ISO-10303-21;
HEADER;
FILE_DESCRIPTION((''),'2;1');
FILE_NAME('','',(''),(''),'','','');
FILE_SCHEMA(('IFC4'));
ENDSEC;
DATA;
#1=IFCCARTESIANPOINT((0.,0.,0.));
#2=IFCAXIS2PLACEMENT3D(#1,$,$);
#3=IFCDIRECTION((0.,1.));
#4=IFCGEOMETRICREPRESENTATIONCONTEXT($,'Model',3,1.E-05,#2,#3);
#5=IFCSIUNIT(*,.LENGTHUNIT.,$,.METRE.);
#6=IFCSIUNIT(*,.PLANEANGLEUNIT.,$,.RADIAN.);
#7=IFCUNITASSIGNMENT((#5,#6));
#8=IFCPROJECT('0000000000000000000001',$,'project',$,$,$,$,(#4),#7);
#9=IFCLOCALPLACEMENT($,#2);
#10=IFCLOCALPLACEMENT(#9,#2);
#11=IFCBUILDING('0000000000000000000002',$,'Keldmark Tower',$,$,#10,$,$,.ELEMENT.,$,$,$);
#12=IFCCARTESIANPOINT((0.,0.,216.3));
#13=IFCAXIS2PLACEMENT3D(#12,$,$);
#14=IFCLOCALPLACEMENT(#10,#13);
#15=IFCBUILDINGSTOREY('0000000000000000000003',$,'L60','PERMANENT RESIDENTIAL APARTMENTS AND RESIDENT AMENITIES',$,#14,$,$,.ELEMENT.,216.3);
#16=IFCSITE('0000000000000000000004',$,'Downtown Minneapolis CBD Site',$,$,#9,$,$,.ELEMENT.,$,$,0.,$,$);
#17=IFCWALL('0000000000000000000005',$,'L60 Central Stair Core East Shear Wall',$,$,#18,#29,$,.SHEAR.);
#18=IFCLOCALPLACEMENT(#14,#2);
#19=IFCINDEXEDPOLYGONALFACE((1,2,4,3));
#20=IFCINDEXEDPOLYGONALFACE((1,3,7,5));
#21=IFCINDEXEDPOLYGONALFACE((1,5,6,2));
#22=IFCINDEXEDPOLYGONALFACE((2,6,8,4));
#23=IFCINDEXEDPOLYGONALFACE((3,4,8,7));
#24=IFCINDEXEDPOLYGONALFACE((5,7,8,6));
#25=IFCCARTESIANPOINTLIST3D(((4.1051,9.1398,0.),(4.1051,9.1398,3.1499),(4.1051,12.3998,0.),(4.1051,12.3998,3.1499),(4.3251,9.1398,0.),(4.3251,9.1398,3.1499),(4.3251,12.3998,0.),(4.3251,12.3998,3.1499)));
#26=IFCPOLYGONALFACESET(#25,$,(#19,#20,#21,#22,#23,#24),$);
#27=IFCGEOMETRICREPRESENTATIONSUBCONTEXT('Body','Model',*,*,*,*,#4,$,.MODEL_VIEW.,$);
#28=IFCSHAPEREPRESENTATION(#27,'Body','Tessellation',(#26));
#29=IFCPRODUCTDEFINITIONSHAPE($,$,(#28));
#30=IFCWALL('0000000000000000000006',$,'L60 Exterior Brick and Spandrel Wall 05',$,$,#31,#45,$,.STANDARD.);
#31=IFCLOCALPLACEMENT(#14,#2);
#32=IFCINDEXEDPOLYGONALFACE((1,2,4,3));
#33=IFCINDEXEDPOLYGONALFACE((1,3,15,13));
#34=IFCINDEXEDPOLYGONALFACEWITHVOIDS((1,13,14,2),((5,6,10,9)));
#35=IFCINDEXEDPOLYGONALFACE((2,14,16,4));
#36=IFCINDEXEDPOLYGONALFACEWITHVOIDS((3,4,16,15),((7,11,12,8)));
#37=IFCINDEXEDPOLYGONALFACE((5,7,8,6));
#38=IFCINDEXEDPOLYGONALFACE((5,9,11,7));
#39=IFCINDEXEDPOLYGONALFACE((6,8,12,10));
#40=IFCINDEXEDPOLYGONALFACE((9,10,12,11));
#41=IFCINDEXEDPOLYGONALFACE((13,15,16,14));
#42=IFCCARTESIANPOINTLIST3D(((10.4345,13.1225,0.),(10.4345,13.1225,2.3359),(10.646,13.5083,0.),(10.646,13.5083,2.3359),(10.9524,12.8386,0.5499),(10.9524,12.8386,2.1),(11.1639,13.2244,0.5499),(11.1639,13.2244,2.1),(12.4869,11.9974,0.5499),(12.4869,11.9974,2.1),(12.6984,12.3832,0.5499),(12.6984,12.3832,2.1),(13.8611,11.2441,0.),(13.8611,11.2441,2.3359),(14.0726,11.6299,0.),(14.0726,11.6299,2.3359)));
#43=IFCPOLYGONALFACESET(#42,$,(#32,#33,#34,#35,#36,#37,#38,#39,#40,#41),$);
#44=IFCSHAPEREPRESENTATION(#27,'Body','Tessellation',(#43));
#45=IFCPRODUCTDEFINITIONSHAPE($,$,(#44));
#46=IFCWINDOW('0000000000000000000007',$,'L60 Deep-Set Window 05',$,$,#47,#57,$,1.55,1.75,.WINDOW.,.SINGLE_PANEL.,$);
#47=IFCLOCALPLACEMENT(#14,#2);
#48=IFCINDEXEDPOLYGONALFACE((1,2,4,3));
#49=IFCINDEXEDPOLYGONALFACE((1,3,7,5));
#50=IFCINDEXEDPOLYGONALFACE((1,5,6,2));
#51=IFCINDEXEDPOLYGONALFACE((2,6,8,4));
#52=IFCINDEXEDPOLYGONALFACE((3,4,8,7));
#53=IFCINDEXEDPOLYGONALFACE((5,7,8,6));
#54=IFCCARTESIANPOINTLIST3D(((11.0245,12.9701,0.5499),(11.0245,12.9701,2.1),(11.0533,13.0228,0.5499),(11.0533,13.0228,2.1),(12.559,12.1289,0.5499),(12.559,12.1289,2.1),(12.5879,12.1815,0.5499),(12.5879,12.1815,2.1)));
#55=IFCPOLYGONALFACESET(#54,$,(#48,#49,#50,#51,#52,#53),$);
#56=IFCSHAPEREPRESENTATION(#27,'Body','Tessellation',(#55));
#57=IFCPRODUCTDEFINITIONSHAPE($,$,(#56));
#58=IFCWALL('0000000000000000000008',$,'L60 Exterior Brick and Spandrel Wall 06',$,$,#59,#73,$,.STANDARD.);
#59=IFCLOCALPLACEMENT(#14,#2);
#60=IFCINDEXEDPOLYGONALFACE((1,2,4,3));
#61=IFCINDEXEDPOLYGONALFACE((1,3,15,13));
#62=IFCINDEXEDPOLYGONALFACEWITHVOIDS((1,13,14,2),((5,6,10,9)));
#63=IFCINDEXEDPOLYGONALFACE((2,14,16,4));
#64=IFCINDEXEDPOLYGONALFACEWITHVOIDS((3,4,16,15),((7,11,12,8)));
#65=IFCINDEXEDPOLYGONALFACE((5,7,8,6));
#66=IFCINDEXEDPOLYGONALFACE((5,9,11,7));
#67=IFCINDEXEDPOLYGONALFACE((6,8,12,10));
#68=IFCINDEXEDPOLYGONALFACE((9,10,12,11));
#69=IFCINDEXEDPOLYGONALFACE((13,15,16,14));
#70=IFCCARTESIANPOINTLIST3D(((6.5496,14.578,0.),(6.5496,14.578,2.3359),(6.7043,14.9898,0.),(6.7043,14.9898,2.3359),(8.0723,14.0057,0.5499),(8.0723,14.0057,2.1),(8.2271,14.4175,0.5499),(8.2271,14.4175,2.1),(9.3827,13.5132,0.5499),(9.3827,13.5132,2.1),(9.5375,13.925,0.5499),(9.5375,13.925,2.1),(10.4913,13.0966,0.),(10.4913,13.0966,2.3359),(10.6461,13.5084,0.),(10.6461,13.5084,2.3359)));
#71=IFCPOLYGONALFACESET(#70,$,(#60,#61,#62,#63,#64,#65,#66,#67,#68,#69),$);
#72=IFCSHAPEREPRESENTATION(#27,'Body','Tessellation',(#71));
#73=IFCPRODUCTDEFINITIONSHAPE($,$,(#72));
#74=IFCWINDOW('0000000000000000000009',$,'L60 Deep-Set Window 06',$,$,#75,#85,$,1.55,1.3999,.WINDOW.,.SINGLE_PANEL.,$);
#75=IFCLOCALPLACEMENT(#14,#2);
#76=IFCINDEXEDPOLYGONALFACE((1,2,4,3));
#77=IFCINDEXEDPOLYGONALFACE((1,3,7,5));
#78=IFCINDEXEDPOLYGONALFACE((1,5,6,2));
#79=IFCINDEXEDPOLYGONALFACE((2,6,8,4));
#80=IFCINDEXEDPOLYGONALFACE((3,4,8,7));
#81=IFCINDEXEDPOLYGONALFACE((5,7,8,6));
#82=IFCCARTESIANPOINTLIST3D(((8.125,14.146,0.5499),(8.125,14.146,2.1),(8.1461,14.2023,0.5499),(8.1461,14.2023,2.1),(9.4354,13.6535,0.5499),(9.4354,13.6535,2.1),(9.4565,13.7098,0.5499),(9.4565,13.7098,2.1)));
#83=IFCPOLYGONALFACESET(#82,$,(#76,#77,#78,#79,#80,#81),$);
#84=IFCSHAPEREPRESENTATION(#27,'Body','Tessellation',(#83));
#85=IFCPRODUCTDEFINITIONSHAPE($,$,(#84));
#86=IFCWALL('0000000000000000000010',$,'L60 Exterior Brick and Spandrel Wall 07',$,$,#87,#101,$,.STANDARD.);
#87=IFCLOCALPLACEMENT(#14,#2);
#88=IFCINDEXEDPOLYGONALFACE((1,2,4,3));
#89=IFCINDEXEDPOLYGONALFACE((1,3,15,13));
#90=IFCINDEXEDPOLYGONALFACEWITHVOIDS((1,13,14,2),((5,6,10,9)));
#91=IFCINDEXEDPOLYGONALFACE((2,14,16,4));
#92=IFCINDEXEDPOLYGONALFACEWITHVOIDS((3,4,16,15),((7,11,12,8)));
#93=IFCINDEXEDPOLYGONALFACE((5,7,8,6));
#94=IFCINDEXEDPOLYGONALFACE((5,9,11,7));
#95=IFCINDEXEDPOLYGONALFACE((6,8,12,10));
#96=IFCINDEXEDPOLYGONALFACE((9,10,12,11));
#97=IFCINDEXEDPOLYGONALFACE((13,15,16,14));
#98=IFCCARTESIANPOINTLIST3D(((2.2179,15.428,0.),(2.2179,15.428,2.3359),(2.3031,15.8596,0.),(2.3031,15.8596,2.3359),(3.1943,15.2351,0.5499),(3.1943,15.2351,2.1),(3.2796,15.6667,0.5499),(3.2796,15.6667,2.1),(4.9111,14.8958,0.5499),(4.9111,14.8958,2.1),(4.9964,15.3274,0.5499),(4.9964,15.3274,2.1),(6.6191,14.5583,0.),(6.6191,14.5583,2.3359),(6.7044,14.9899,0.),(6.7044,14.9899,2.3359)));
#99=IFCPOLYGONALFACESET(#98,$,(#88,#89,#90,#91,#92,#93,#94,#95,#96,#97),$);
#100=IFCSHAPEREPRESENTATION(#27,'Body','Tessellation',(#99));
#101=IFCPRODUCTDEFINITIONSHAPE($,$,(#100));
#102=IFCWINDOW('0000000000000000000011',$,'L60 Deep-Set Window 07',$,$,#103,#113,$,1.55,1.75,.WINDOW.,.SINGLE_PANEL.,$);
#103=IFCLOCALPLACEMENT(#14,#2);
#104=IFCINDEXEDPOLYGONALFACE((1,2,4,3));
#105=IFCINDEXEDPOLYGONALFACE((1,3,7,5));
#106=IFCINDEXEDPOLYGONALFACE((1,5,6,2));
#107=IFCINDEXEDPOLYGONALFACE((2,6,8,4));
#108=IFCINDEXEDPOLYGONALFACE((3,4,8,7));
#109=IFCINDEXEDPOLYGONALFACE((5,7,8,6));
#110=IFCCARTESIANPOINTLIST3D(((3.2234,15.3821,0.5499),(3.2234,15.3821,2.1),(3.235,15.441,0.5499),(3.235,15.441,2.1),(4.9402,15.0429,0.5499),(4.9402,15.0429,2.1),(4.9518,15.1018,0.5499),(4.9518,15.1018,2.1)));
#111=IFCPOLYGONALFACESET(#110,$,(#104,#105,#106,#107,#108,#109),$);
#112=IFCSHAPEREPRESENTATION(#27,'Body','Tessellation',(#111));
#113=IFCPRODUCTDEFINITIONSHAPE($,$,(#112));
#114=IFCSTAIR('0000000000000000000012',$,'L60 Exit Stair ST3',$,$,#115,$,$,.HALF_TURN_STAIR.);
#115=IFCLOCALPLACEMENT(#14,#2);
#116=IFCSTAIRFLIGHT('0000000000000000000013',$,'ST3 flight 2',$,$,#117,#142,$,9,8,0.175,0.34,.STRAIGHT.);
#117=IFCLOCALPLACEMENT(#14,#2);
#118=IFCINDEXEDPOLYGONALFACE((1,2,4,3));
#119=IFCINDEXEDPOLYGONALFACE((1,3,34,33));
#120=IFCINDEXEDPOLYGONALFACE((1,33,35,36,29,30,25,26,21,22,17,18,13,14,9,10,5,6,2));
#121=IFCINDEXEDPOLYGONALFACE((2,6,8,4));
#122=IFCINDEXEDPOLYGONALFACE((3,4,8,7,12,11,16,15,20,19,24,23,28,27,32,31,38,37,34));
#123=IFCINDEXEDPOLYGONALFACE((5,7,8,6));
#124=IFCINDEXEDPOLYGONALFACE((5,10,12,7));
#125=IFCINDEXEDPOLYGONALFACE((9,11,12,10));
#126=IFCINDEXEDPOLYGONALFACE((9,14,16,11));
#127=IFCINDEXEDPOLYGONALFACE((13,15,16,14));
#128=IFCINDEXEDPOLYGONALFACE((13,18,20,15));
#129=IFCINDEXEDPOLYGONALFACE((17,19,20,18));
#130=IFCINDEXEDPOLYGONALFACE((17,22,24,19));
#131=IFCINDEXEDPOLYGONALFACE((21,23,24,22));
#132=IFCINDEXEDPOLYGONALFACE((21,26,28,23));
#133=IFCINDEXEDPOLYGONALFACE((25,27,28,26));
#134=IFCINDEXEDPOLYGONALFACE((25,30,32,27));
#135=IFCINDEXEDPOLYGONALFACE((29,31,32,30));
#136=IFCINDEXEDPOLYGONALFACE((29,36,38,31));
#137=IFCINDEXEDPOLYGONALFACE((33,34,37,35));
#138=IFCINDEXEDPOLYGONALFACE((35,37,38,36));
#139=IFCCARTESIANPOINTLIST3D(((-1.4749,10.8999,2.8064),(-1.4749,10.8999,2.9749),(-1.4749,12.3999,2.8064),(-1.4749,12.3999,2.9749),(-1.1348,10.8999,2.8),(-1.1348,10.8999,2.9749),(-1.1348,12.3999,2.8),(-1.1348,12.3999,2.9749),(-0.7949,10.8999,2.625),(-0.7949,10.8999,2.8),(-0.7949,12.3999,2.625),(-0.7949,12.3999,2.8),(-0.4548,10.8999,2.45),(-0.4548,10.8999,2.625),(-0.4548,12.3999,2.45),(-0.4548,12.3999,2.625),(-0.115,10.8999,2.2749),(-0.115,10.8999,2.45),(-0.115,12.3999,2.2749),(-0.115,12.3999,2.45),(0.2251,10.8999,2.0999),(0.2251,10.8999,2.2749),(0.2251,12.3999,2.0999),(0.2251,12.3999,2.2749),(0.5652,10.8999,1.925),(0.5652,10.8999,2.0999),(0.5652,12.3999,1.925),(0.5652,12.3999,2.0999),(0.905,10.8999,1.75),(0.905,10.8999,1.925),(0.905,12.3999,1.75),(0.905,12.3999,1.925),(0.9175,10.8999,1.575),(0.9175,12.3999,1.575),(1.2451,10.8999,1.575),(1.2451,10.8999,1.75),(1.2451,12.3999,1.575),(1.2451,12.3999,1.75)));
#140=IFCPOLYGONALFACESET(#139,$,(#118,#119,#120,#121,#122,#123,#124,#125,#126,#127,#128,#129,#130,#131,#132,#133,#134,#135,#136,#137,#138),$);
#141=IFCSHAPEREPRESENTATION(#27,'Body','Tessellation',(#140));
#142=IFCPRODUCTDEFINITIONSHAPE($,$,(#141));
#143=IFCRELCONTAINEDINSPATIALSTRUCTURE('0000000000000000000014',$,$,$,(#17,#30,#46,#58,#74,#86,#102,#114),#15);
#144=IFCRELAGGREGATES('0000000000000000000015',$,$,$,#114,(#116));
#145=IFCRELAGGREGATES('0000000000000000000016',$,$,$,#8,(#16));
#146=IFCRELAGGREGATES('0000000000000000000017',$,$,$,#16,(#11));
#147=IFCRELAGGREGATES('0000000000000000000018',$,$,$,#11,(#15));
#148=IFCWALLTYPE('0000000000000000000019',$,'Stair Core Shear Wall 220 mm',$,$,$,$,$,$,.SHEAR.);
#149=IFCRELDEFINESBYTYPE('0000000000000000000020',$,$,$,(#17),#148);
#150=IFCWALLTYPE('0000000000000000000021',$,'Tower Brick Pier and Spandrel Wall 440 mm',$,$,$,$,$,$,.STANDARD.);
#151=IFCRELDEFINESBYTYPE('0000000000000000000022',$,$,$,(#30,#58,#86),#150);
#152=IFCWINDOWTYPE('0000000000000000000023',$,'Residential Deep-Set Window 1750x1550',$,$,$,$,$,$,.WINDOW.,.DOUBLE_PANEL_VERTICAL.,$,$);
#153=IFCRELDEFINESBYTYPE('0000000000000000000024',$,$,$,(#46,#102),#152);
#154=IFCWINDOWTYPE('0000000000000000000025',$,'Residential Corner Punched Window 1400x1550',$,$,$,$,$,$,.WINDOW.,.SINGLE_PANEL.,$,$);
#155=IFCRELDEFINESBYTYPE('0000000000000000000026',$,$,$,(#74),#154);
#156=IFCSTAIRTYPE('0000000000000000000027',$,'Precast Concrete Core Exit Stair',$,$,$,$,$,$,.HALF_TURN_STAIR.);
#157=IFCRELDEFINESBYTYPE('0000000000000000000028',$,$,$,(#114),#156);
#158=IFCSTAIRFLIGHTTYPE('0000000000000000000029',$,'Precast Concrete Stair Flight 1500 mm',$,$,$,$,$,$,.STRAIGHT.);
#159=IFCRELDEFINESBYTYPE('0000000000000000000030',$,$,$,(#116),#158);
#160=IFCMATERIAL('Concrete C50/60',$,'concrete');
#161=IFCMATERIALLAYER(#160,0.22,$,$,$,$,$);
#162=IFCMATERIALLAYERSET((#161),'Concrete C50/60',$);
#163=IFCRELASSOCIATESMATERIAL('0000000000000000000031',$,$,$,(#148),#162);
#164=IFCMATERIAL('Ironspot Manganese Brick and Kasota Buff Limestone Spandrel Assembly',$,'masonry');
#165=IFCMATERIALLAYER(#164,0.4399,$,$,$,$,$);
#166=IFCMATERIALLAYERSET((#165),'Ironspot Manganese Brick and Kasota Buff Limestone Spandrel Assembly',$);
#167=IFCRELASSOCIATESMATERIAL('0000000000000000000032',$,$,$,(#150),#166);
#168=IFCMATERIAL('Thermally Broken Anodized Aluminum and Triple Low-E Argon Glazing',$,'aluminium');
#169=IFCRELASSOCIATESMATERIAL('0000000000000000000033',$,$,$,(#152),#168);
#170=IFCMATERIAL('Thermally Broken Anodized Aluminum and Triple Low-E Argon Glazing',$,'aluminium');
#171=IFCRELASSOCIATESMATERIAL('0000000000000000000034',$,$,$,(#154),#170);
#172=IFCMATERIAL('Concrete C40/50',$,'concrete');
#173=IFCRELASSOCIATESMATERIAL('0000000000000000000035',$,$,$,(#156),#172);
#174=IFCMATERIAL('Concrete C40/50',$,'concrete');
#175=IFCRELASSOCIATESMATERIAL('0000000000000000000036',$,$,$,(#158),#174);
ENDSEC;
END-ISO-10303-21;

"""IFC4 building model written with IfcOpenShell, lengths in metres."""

from ifc_helpers import new_model, si_unit, direction, frame, frame_2d, origin, place, context, subcontext, project, spatial, polyline, rectangle, outline, extrude, material, layer, layer_set, type_object, element, fill, aggregate, save


model = new_model("IFC4")

# Units and contexts
model_context = context("Model", 3, precision=1e-05, world=origin(), true_north=direction((0.0, 1.0)))
body_context = subcontext(model_context, "Body", "Model", "MODEL_VIEW")
ifc_project = project(units=[si_unit("LENGTHUNIT", "METRE"), si_unit("PLANEANGLEUNIT", "RADIAN")], contexts=[model_context])

# Site, building, storey
site_placement = place(None, origin())
site = spatial("IfcSite", under=ifc_project, at=site_placement, Name="Downtown Minneapolis CBD Site", CompositionType="ELEMENT", RefElevation=0.0)
building_placement = place(site_placement, origin())
building = spatial("IfcBuilding", under=site, at=building_placement, Name="Keldmark Tower", CompositionType="ELEMENT")
storey_placement = place(building_placement, frame((0.0, 0.0, 216.3)))
storey = spatial("IfcBuildingStorey", under=building, at=storey_placement, Name="L60", Description="PERMANENT RESIDENTIAL APARTMENTS AND RESIDENT AMENITIES", CompositionType="ELEMENT", Elevation=216.3)

# Wall
ifc_material_1 = material(Name="Concrete C50/60", Category="concrete")
ifc_layer_1 = layer(ifc_material_1, 0.22)
ifc_layer_set_1 = layer_set([ifc_layer_1], Name="Concrete C50/60")
wall_type_1 = type_object("IfcWallType", Name="Stair Core Shear Wall 220 mm", PredefinedType="SHEAR", material=ifc_layer_set_1)
wall_1_placement = place(storey_placement, frame((4.2151, 9.1399, 0.0), z_axis=(0.0, 0.0, 1.0), x_axis=(0.0, 1.0, 0.0)))
element("IfcWall", 1, at=wall_1_placement, inside=storey, type_object=wall_type_1, Name="L60 Central Stair Core East Shear Wall", PredefinedType="SHEAR", context=body_context, shape_type="SweptSolid", body=[
    extrude(rectangle(XDim=3.26, YDim=0.22, at=frame_2d((1.6299, 0.0))), origin(), (0.0, 0.0, 1.0), 3.1499),
])

# Walls, openings, windows
ifc_material_2 = material(Name="Ironspot Manganese Brick and Kasota Buff Limestone Spandrel Assembly", Category="masonry")
ifc_layer_2 = layer(ifc_material_2, 0.4399)
ifc_layer_set_2 = layer_set([ifc_layer_2], Name="Ironspot Manganese Brick and Kasota Buff Limestone Spandrel Assembly")
wall_type_2 = type_object("IfcWallType", Name="Tower Brick Pier and Spandrel Wall 440 mm", PredefinedType="STANDARD", material=ifc_layer_set_2)
wall_2_placement = place(storey_placement, frame((10.5403, 13.3154, 0.0), z_axis=(0.0, 0.0, 1.0), x_axis=(0.876881, -0.480707, 0.0)))
wall_2 = element("IfcWall", 2, at=wall_2_placement, inside=storey, type_object=wall_type_2, Name="L60 Exterior Brick and Spandrel Wall 05", PredefinedType="STANDARD", context=body_context, shape_type="SweptSolid", body=[
    extrude(rectangle(XDim=3.9077, YDim=0.4399, at=frame_2d((1.9539, 0.0))), origin(), (0.0, 0.0, 1.0), 2.3359),
])
opening_1_placement = place(wall_2_placement, frame((0.5906, 0.0, 0.55)))
opening_1 = element("IfcOpeningElement", 3, at=opening_1_placement, cuts=wall_2, PredefinedType="OPENING", context=body_context, shape_type="SweptSolid", body=[
    extrude(rectangle(XDim=1.75, YDim=1.55, at=frame_2d((0.875, 0.7749))), frame((0.0, 0.23, 0.0), z_axis=(0.0, -1.0, 0.0), x_axis=(1.0, 0.0, 0.0)), (0.0, 0.0, 1.0), 0.46),
])
ifc_material_3 = material(Name="Thermally Broken Anodized Aluminum and Triple Low-E Argon Glazing", Category="aluminium")
window_type_1 = type_object("IfcWindowType", Name="Residential Deep-Set Window 1750x1550", PartitioningType="DOUBLE_PANEL_VERTICAL", PredefinedType="WINDOW", material=ifc_material_3)
window_1_placement = place(opening_1_placement, origin())
window_1 = element("IfcWindow", 4, at=window_1_placement, inside=storey, type_object=window_type_1, Name="L60 Deep-Set Window 05", OverallHeight=1.55, OverallWidth=1.75, PartitioningType="SINGLE_PANEL", PredefinedType="WINDOW", context=body_context, shape_type="SweptSolid", body=[
    extrude(rectangle(XDim=1.75, YDim=1.55, at=frame_2d((0.875, 0.7749))), frame((0.0, -0.01, 0.0), z_axis=(0.0, -1.0, 0.0), x_axis=(1.0, 0.0, 0.0)), (0.0, 0.0, 1.0), 0.0601),
])
fill(opening_1, window_1)
wall_3_placement = place(storey_placement, frame((6.627, 14.7839, 0.0), z_axis=(0.0, 0.0, 1.0), x_axis=(0.936069, -0.351816, 0.0)))
wall_3 = element("IfcWall", 5, at=wall_3_placement, inside=storey, type_object=wall_type_2, Name="L60 Exterior Brick and Spandrel Wall 06", PredefinedType="STANDARD", context=body_context, shape_type="SweptSolid", body=[
    extrude(rectangle(XDim=4.2109, YDim=0.4399, at=frame_2d((2.1055, 0.0))), origin(), (0.0, 0.0, 1.0), 2.3359),
])
opening_2_placement = place(wall_3_placement, frame((1.6267, 0.0, 0.55)))
opening_2 = element("IfcOpeningElement", 6, at=opening_2_placement, cuts=wall_3, PredefinedType="OPENING", context=body_context, shape_type="SweptSolid", body=[
    extrude(rectangle(XDim=1.3999, YDim=1.55, at=frame_2d((0.7, 0.7749))), frame((0.0, 0.23, 0.0), z_axis=(0.0, -1.0, 0.0), x_axis=(1.0, 0.0, 0.0)), (0.0, 0.0, 1.0), 0.46),
])
ifc_material_4 = material(Name="Thermally Broken Anodized Aluminum and Triple Low-E Argon Glazing", Category="aluminium")
window_type_2 = type_object("IfcWindowType", Name="Residential Corner Punched Window 1400x1550", PartitioningType="SINGLE_PANEL", PredefinedType="WINDOW", material=ifc_material_4)
window_2_placement = place(opening_2_placement, origin())
window_2 = element("IfcWindow", 7, at=window_2_placement, inside=storey, type_object=window_type_2, Name="L60 Deep-Set Window 06", OverallHeight=1.55, OverallWidth=1.3999, PartitioningType="SINGLE_PANEL", PredefinedType="WINDOW", context=body_context, shape_type="SweptSolid", body=[
    extrude(rectangle(XDim=1.3999, YDim=1.55, at=frame_2d((0.7, 0.7749))), frame((0.0, -0.01, 0.0), z_axis=(0.0, -1.0, 0.0), x_axis=(1.0, 0.0, 0.0)), (0.0, 0.0, 1.0), 0.0601),
])
fill(opening_2, window_2)
wall_4_placement = place(storey_placement, frame((2.2605, 15.6438, 0.0), z_axis=(0.0, 0.0, 1.0), x_axis=(0.981032, -0.193845, 0.0)))
wall_4 = element("IfcWall", 8, at=wall_4_placement, inside=storey, type_object=wall_type_2, Name="L60 Exterior Brick and Spandrel Wall 07", PredefinedType="STANDARD", context=body_context, shape_type="SweptSolid", body=[
    extrude(rectangle(XDim=4.4863, YDim=0.4399, at=frame_2d((2.2432, 0.0))), origin(), (0.0, 0.0, 1.0), 2.3359),
])
opening_3_placement = place(wall_4_placement, frame((0.9954, 0.0, 0.55)))
opening_3 = element("IfcOpeningElement", 9, at=opening_3_placement, cuts=wall_4, PredefinedType="OPENING", context=body_context, shape_type="SweptSolid", body=[
    extrude(rectangle(XDim=1.75, YDim=1.55, at=frame_2d((0.875, 0.7749))), frame((0.0, 0.23, 0.0), z_axis=(0.0, -1.0, 0.0), x_axis=(1.0, 0.0, 0.0)), (0.0, 0.0, 1.0), 0.46),
])
window_3_placement = place(opening_3_placement, origin())
window_3 = element("IfcWindow", 10, at=window_3_placement, inside=storey, type_object=window_type_1, Name="L60 Deep-Set Window 07", OverallHeight=1.55, OverallWidth=1.75, PartitioningType="SINGLE_PANEL", PredefinedType="WINDOW", context=body_context, shape_type="SweptSolid", body=[
    extrude(rectangle(XDim=1.75, YDim=1.55, at=frame_2d((0.875, 0.7749))), frame((0.0, -0.01, 0.0), z_axis=(0.0, -1.0, 0.0), x_axis=(1.0, 0.0, 0.0)), (0.0, 0.0, 1.0), 0.0601),
])
fill(opening_3, window_3)

# Stair, stair flight
ifc_material_5 = material(Name="Concrete C40/50", Category="concrete")
stair_type = type_object("IfcStairType", Name="Precast Concrete Core Exit Stair", PredefinedType="HALF_TURN_STAIR", material=ifc_material_5)
stair_placement = place(storey_placement, origin())
stair = element("IfcStair", 11, at=stair_placement, inside=storey, type_object=stair_type, Name="L60 Exit Stair ST3", PredefinedType="HALF_TURN_STAIR")
ifc_material_6 = material(Name="Concrete C40/50", Category="concrete")
stair_flight_type = type_object("IfcStairFlightType", Name="Precast Concrete Stair Flight 1500 mm", PredefinedType="STRAIGHT", material=ifc_material_6)
stair_flight_placement = place(storey_placement, frame((1.2451, 11.6499, 1.575), z_axis=(0.0, 0.0, 1.0), x_axis=(-1.0, 0.0, 0.0)))
stair_flight = element("IfcStairFlight", 12, at=stair_flight_placement, type_object=stair_flight_type, Name="ST3 flight 2", NumberOfRisers=9, NumberOfTreads=8, PredefinedType="STRAIGHT", RiserHeight=0.175, TreadLength=0.34, context=body_context, shape_type="SweptSolid", body=[
    extrude(outline(polyline([(0.0, 0.0), (0.0, 0.175), (0.3401, 0.175), (0.3401, 0.3501), (0.6799, 0.3501), (0.6799, 0.5249), (1.02, 0.5249), (1.02, 0.7), (1.3601, 0.7), (1.3601, 0.875), (1.7, 0.875), (1.7, 1.05), (2.04, 1.05), (2.04, 1.2251), (2.3799, 1.2251), (2.3799, 1.3999), (2.72, 1.3999), (2.72, 1.575), (2.72, 1.2314), (0.3276, 0.0), (0.0, 0.0)])), frame((0.0, 0.75, 0.0), z_axis=(0.0, -1.0, 0.0), x_axis=(1.0, 0.0, 0.0)), (0.0, 0.0, 1.0), 1.5),
])
aggregate(stair, [stair_flight])

save(model, "model.ifc")
